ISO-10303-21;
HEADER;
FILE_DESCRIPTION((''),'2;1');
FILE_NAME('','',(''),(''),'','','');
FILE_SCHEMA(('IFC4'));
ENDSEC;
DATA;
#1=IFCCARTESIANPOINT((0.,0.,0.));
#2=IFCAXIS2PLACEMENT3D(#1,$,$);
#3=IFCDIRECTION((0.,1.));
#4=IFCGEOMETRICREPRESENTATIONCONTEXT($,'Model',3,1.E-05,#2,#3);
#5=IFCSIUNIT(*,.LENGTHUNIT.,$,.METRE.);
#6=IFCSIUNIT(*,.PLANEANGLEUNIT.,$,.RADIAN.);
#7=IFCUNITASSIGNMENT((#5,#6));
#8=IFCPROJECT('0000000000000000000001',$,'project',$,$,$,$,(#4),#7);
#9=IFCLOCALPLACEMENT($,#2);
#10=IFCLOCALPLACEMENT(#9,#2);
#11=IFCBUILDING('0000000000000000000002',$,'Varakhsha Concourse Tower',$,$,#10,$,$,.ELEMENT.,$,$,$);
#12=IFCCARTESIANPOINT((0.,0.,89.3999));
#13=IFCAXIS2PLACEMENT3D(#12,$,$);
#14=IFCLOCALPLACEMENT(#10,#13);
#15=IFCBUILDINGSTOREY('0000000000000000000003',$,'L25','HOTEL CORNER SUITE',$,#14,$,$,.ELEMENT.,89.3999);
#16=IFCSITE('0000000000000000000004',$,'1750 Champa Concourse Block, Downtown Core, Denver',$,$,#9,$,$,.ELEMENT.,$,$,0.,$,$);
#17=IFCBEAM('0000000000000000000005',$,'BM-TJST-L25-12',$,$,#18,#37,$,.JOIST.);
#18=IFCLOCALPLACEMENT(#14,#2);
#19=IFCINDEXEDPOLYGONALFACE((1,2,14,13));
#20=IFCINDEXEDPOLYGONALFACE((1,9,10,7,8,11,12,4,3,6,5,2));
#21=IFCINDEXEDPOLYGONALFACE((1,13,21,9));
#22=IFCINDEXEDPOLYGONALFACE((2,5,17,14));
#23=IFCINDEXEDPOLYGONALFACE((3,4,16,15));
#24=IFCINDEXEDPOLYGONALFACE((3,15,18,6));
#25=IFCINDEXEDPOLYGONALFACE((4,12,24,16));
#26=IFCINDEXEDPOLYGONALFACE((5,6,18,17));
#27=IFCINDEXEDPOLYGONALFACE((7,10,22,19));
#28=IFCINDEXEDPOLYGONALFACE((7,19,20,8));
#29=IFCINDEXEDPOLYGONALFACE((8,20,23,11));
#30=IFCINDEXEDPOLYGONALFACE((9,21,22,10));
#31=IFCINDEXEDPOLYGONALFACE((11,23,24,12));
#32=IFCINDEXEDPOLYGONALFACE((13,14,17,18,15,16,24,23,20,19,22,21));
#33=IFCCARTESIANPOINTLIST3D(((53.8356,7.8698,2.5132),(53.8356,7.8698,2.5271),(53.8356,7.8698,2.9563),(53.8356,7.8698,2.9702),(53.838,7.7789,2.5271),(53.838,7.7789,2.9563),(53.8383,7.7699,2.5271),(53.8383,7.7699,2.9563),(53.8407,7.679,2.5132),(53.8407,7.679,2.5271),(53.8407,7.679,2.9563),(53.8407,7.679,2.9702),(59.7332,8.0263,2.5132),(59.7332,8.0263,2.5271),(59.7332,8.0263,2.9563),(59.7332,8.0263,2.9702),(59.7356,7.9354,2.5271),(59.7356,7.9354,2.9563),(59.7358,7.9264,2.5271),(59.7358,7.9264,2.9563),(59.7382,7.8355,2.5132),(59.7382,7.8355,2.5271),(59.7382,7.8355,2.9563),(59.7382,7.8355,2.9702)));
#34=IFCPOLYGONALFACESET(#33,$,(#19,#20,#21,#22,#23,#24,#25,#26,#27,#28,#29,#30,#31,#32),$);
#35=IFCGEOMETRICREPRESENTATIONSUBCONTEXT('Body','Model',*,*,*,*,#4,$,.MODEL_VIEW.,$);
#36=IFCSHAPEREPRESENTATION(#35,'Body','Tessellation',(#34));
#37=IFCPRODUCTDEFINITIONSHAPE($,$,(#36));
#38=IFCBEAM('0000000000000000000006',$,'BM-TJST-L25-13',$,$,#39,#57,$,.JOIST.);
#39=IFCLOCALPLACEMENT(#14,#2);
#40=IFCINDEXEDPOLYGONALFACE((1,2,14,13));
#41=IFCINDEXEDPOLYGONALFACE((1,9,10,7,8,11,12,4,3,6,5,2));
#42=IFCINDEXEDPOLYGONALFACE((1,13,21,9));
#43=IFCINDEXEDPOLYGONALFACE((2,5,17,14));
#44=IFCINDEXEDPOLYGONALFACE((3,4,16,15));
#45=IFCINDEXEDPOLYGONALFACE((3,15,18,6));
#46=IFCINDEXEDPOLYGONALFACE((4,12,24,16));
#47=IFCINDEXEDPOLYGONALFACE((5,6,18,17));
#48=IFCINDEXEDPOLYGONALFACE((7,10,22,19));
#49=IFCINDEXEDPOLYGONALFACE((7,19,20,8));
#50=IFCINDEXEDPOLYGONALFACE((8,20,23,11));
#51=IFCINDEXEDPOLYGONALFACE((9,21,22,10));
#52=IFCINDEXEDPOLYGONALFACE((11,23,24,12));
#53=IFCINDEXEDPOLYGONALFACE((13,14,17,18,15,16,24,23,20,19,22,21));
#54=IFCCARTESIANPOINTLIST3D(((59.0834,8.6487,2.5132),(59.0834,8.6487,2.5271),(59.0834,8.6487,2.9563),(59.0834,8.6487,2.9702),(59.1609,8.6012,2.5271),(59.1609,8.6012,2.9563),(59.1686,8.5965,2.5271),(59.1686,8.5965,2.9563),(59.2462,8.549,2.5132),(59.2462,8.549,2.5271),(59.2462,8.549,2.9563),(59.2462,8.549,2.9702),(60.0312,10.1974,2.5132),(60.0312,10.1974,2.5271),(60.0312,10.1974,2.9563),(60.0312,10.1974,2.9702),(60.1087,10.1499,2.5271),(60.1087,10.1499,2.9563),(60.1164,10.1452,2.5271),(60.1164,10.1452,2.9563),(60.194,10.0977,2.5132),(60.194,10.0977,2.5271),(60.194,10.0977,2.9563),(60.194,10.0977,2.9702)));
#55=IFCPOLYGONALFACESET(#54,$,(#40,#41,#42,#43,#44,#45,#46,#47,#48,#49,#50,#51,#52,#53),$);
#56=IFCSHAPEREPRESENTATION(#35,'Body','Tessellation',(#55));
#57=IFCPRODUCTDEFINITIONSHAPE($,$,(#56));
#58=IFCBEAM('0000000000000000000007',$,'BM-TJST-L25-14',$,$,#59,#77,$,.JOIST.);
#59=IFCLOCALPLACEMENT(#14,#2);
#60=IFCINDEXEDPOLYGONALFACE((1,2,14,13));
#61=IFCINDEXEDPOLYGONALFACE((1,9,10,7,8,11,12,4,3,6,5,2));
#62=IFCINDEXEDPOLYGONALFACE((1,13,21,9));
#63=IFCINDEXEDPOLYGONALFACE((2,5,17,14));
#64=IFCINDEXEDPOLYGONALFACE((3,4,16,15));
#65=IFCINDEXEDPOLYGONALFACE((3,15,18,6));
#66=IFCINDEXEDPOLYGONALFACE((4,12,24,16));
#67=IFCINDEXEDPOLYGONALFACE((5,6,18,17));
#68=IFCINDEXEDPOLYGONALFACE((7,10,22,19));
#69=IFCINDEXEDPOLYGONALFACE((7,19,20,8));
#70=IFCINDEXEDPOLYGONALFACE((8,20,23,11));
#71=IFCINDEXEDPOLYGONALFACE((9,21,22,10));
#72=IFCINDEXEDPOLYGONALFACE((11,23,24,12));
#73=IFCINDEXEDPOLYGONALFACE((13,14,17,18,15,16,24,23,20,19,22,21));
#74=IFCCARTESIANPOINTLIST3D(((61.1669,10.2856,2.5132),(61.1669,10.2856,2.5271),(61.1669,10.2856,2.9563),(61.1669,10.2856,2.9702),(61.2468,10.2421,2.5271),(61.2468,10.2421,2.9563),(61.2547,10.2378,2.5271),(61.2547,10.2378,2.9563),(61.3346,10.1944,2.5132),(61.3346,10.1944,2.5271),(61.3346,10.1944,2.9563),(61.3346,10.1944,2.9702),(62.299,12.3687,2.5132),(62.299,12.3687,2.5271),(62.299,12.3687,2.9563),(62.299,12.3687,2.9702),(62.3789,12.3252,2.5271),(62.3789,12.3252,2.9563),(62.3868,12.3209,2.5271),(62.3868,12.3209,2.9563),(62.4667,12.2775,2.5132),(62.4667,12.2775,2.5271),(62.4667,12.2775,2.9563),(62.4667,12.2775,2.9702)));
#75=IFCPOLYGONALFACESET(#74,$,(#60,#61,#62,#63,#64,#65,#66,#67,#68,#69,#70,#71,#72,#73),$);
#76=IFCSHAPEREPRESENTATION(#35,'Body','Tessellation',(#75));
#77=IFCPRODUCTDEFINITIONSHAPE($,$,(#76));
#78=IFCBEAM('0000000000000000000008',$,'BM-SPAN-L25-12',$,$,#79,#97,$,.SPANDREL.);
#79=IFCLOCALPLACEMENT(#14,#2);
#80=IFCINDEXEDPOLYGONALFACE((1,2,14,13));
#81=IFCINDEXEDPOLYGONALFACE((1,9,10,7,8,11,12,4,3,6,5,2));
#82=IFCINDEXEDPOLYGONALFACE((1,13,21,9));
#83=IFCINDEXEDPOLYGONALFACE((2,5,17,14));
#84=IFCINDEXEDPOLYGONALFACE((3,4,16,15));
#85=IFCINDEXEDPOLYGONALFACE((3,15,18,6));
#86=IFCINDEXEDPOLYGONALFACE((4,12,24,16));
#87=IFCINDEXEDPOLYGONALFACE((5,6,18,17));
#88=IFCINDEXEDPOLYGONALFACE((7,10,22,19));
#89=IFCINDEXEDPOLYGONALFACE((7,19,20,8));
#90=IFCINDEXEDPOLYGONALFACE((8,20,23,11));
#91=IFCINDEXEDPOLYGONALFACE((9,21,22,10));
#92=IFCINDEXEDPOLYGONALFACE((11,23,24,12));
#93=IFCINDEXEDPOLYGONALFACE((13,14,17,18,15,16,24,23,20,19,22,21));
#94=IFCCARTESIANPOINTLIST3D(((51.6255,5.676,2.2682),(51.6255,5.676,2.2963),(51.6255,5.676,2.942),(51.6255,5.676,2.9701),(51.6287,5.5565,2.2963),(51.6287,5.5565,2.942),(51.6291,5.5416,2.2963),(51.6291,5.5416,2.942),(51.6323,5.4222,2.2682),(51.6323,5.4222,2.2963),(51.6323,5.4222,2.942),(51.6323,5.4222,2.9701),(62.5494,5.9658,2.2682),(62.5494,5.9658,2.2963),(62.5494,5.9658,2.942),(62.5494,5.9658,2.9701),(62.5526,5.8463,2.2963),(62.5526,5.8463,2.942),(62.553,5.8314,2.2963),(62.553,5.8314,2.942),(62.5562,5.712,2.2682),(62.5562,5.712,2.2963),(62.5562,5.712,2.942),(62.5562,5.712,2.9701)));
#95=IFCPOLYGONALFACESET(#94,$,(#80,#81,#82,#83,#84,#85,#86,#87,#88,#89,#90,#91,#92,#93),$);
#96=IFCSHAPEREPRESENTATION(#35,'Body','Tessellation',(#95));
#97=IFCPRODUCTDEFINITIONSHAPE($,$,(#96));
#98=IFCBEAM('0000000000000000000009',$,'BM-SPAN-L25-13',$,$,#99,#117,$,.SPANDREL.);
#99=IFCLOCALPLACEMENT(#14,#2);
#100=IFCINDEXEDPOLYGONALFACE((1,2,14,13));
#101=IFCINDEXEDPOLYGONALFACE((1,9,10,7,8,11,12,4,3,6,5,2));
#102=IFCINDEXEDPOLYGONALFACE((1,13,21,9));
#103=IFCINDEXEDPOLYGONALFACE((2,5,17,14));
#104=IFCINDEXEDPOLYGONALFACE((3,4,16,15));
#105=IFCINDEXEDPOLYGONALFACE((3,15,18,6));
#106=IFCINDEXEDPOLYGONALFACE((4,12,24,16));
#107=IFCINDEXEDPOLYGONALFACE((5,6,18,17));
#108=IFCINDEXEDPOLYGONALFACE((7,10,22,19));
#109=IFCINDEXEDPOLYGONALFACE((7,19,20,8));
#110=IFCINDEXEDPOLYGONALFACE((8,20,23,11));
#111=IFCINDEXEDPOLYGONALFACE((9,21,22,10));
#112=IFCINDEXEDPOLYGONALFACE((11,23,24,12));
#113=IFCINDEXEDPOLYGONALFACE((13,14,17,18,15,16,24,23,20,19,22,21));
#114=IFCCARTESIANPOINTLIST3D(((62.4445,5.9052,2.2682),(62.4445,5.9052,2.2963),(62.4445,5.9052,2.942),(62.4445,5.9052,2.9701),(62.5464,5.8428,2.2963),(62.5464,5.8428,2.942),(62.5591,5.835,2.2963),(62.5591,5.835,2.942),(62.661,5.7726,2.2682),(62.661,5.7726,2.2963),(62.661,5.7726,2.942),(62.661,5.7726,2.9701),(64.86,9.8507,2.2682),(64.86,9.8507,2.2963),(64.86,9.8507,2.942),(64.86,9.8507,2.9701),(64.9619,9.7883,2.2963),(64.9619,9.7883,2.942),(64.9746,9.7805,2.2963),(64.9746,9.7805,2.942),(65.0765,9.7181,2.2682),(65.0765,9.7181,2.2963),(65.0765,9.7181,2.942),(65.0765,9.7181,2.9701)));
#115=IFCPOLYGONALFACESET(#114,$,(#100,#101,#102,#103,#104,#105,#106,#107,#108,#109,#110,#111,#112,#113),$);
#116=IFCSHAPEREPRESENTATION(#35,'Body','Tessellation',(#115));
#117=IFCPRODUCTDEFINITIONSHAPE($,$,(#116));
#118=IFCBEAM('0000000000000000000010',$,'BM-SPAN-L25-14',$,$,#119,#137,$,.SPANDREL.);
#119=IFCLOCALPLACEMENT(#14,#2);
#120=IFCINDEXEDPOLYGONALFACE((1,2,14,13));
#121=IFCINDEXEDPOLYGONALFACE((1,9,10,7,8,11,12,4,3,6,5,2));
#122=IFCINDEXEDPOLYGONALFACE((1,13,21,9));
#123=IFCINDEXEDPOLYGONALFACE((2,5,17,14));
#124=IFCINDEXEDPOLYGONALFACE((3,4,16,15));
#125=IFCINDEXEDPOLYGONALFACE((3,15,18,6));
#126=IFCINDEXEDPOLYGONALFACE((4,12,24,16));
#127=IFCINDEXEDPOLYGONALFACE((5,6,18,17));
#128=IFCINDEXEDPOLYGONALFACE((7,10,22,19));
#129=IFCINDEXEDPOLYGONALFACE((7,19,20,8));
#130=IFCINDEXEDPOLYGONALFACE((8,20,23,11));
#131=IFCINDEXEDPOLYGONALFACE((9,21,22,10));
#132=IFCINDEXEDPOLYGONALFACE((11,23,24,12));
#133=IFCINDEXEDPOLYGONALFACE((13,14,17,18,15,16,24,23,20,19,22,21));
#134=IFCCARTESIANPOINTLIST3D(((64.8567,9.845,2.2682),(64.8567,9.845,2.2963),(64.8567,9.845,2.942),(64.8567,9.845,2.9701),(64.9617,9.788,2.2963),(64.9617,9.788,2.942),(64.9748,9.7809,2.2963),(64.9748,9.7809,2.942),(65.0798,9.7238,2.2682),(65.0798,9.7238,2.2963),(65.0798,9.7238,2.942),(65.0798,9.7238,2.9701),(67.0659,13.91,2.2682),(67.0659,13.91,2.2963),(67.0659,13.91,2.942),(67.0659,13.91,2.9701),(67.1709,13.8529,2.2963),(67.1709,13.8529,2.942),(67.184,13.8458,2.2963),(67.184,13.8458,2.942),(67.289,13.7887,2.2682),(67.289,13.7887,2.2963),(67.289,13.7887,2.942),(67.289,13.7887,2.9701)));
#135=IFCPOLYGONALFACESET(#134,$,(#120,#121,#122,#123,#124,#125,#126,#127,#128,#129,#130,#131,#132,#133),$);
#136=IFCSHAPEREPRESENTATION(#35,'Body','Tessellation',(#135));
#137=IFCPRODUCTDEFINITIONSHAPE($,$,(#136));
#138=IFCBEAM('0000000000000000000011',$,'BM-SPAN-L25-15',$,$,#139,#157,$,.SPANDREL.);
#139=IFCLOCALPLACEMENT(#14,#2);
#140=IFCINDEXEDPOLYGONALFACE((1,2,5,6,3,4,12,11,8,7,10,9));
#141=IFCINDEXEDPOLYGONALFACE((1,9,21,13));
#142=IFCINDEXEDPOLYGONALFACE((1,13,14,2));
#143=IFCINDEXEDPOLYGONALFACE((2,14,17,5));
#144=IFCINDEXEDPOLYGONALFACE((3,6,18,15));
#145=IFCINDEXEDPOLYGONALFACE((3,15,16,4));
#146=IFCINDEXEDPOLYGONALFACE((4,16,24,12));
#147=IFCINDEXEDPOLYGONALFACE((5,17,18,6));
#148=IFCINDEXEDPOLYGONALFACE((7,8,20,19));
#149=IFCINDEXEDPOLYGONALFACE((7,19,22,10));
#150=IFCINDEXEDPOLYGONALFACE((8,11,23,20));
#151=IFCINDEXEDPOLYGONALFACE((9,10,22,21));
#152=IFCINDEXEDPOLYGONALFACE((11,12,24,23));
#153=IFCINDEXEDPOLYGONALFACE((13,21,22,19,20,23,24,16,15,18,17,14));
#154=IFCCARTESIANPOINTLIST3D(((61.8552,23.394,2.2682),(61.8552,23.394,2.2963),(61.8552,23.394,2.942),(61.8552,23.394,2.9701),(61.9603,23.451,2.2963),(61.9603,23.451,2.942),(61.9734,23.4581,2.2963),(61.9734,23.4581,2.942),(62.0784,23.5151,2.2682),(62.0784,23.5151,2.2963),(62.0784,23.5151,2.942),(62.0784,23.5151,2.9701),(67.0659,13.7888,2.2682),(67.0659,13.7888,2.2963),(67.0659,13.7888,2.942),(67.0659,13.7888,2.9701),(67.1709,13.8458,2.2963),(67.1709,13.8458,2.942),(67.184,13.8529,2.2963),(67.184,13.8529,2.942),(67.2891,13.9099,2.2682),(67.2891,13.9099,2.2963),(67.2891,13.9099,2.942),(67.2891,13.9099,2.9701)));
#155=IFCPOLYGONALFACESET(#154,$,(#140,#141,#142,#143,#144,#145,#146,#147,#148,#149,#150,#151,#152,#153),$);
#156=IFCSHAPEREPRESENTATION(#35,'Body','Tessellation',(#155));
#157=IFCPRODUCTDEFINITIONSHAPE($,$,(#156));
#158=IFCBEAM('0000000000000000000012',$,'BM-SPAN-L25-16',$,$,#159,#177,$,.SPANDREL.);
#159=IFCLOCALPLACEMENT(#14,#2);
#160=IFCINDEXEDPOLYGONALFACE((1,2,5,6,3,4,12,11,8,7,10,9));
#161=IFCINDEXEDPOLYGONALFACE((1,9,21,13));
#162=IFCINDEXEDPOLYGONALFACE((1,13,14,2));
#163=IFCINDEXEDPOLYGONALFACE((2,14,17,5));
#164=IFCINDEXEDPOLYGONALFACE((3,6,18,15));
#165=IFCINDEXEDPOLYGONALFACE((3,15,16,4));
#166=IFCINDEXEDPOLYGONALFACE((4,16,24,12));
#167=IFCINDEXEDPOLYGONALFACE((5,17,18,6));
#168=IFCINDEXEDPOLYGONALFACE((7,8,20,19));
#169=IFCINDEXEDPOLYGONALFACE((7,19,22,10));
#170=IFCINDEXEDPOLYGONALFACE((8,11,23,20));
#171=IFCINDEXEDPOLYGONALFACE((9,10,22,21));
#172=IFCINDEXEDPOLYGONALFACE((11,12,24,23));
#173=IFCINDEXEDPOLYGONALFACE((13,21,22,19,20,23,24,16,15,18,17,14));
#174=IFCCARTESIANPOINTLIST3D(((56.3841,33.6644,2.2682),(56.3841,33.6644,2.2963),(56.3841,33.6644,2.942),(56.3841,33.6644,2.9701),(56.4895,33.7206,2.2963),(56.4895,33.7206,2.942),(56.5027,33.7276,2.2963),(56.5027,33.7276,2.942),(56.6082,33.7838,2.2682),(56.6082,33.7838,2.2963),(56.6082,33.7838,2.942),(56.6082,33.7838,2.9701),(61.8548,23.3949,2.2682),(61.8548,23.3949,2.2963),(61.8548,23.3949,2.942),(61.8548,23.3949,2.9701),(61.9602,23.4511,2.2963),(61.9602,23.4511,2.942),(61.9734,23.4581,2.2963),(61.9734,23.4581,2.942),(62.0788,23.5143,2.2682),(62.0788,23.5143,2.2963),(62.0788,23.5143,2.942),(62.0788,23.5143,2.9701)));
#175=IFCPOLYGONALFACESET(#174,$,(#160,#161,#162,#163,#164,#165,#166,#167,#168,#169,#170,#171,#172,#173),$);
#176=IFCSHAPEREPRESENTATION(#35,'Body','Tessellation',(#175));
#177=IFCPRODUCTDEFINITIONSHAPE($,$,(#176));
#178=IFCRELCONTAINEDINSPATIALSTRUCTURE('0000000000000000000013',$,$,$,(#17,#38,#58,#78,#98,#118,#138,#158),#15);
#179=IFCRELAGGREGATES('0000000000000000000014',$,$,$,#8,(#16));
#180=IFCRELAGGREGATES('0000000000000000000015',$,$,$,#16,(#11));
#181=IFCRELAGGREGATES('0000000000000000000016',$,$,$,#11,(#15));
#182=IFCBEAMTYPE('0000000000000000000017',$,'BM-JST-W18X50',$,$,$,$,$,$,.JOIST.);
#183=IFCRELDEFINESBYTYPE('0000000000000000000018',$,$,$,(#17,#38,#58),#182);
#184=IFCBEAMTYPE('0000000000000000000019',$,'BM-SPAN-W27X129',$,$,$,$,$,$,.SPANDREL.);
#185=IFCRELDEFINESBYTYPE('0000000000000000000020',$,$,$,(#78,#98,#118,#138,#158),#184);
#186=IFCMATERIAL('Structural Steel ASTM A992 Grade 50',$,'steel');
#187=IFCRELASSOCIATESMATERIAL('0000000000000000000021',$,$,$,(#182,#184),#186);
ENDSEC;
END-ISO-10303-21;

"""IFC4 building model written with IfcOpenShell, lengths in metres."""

from ifc_helpers import new_model, si_unit, direction, frame, origin, origin_2d, place, context, subcontext, project, spatial, i_section, extrude, material, material_profile, profile_set, type_object, element, save


model = new_model("IFC4")

# Units and contexts
model_context = context("Model", 3, precision=1e-05, world=origin(), true_north=direction((0.0, 1.0)))
body_context = subcontext(model_context, "Body", "Model", "MODEL_VIEW")
ifc_project = project(units=[si_unit("LENGTHUNIT", "METRE"), si_unit("PLANEANGLEUNIT", "RADIAN")], contexts=[model_context])

# Site, building, storey
site_placement = place(None, origin())
site = spatial("IfcSite", under=ifc_project, at=site_placement, Name="1750 Champa Concourse Block, Downtown Core, Denver", CompositionType="ELEMENT", RefElevation=0.0)
building_placement = place(site_placement, origin())
building = spatial("IfcBuilding", under=site, at=building_placement, Name="Varakhsha Concourse Tower", CompositionType="ELEMENT")
storey_placement = place(building_placement, frame((0.0, 0.0, 89.3999)))
storey = spatial("IfcBuildingStorey", under=building, at=storey_placement, Name="L25", Description="HOTEL CORNER SUITE", CompositionType="ELEMENT", Elevation=89.3999)

# Shared definitions
ifc_material_1 = material(Name="Structural Steel ASTM A992 Grade 50", Category="steel")

# Beams
ifc_material_profile_1 = material_profile(ifc_material_1, i_section(OverallWidth=0.1909, OverallDepth=0.457, WebThickness=0.009, FlangeThickness=0.0139, at=origin_2d()), Name="W18X50")
ifc_profile_set_1 = profile_set([ifc_material_profile_1], Name="Structural Steel ASTM A992 Grade 50")
beam_type_1 = type_object("IfcBeamType", Name="BM-JST-W18X50", PredefinedType="JOIST", material=ifc_profile_set_1)
beam_1_placement = place(storey_placement, frame((53.8381, 7.7744, 2.7417), z_axis=(0.999648, 0.026527, 0.0), x_axis=(-0.026527, 0.999648, 0.0)))
element("IfcBeam", 1, at=beam_1_placement, inside=storey, type_object=beam_type_1, Name="BM-TJST-L25-12", PredefinedType="JOIST", context=body_context, shape_type="SweptSolid", body=[
    extrude(i_section(OverallWidth=0.1909, OverallDepth=0.457, WebThickness=0.009, FlangeThickness=0.0139, at=origin_2d()), origin(), (0.0, 0.0, 1.0), 5.8997),
])
beam_2_placement = place(storey_placement, frame((59.1648, 8.5989, 2.7417), z_axis=(0.52201, 0.852939, 0.0), x_axis=(-0.852939, 0.52201, 0.0)))
element("IfcBeam", 2, at=beam_2_placement, inside=storey, type_object=beam_type_1, Name="BM-TJST-L25-13", PredefinedType="JOIST", context=body_context, shape_type="SweptSolid", body=[
    extrude(i_section(OverallWidth=0.1909, OverallDepth=0.457, WebThickness=0.009, FlangeThickness=0.0139, at=origin_2d()), origin(), (0.0, 0.0, 1.0), 1.8157),
])
beam_3_placement = place(storey_placement, frame((61.2507, 10.24, 2.7417), z_axis=(0.477517, 0.878623, 0.0), x_axis=(-0.878623, 0.477517, 0.0)))
element("IfcBeam", 3, at=beam_3_placement, inside=storey, type_object=beam_type_1, Name="BM-TJST-L25-14", PredefinedType="JOIST", context=body_context, shape_type="SweptSolid", body=[
    extrude(i_section(OverallWidth=0.1909, OverallDepth=0.457, WebThickness=0.009, FlangeThickness=0.0139, at=origin_2d()), origin(), (0.0, 0.0, 1.0), 2.3708),
])
ifc_material_profile_2 = material_profile(ifc_material_1, i_section(OverallWidth=0.2539, OverallDepth=0.7019, WebThickness=0.0149, FlangeThickness=0.0281, at=origin_2d()), Name="W27X129")
ifc_profile_set_2 = profile_set([ifc_material_profile_2], Name="Structural Steel ASTM A992 Grade 50")
beam_type_2 = type_object("IfcBeamType", Name="BM-SPAN-W27X129", PredefinedType="SPANDREL", material=ifc_profile_set_2)
beam_4_placement = place(storey_placement, frame((51.6289, 5.5491, 2.6191), z_axis=(0.999648, 0.026519, 0.0), x_axis=(-0.026519, 0.999648, 0.0)))
element("IfcBeam", 4, at=beam_4_placement, inside=storey, type_object=beam_type_2, Name="BM-SPAN-L25-12", PredefinedType="SPANDREL", context=body_context, shape_type="SweptSolid", body=[
    extrude(i_section(OverallWidth=0.2539, OverallDepth=0.7019, WebThickness=0.0149, FlangeThickness=0.0281, at=origin_2d()), origin(), (0.0, 0.0, 1.0), 10.9277),
])
beam_5_placement = place(storey_placement, frame((62.5527, 5.8389, 2.6191), z_axis=(0.522135, 0.852863, 0.0), x_axis=(-0.852863, 0.522135, 0.0)))
element("IfcBeam", 5, at=beam_5_placement, inside=storey, type_object=beam_type_2, Name="BM-SPAN-L25-13", PredefinedType="SPANDREL", context=body_context, shape_type="SweptSolid", body=[
    extrude(i_section(OverallWidth=0.2539, OverallDepth=0.7019, WebThickness=0.0149, FlangeThickness=0.0281, at=origin_2d()), origin(), (0.0, 0.0, 1.0), 4.6262),
])
beam_6_placement = place(storey_placement, frame((64.9683, 9.7844, 2.6191), z_axis=(0.477517, 0.878623, 0.0), x_axis=(-0.878623, 0.477517, 0.0)))
element("IfcBeam", 6, at=beam_6_placement, inside=storey, type_object=beam_type_2, Name="BM-SPAN-L25-14", PredefinedType="SPANDREL", context=body_context, shape_type="SweptSolid", body=[
    extrude(i_section(OverallWidth=0.2539, OverallDepth=0.7019, WebThickness=0.0149, FlangeThickness=0.0281, at=origin_2d()), origin(), (0.0, 0.0, 1.0), 4.6265),
])
beam_7_placement = place(storey_placement, frame((67.1775, 13.8494, 2.6191), z_axis=(-0.476839, 0.87899, 0.0), x_axis=(-0.87899, -0.476839, 0.0)))
element("IfcBeam", 7, at=beam_7_placement, inside=storey, type_object=beam_type_2, Name="BM-SPAN-L25-15", PredefinedType="SPANDREL", context=body_context, shape_type="SweptSolid", body=[
    extrude(i_section(OverallWidth=0.2539, OverallDepth=0.7019, WebThickness=0.0149, FlangeThickness=0.0281, at=origin_2d()), origin(), (0.0, 0.0, 1.0), 10.9275),
])
beam_8_placement = place(storey_placement, frame((61.9668, 23.4546, 2.6191), z_axis=(-0.470161, 0.882581, 0.0), x_axis=(-0.882581, -0.470161, 0.0)))
element("IfcBeam", 8, at=beam_8_placement, inside=storey, type_object=beam_type_2, Name="BM-SPAN-L25-16", PredefinedType="SPANDREL", context=body_context, shape_type="SweptSolid", body=[
    extrude(i_section(OverallWidth=0.2539, OverallDepth=0.7019, WebThickness=0.0149, FlangeThickness=0.0281, at=origin_2d()), origin(), (0.0, 0.0, 1.0), 11.6357),
])

save(model, "model.ifc")
